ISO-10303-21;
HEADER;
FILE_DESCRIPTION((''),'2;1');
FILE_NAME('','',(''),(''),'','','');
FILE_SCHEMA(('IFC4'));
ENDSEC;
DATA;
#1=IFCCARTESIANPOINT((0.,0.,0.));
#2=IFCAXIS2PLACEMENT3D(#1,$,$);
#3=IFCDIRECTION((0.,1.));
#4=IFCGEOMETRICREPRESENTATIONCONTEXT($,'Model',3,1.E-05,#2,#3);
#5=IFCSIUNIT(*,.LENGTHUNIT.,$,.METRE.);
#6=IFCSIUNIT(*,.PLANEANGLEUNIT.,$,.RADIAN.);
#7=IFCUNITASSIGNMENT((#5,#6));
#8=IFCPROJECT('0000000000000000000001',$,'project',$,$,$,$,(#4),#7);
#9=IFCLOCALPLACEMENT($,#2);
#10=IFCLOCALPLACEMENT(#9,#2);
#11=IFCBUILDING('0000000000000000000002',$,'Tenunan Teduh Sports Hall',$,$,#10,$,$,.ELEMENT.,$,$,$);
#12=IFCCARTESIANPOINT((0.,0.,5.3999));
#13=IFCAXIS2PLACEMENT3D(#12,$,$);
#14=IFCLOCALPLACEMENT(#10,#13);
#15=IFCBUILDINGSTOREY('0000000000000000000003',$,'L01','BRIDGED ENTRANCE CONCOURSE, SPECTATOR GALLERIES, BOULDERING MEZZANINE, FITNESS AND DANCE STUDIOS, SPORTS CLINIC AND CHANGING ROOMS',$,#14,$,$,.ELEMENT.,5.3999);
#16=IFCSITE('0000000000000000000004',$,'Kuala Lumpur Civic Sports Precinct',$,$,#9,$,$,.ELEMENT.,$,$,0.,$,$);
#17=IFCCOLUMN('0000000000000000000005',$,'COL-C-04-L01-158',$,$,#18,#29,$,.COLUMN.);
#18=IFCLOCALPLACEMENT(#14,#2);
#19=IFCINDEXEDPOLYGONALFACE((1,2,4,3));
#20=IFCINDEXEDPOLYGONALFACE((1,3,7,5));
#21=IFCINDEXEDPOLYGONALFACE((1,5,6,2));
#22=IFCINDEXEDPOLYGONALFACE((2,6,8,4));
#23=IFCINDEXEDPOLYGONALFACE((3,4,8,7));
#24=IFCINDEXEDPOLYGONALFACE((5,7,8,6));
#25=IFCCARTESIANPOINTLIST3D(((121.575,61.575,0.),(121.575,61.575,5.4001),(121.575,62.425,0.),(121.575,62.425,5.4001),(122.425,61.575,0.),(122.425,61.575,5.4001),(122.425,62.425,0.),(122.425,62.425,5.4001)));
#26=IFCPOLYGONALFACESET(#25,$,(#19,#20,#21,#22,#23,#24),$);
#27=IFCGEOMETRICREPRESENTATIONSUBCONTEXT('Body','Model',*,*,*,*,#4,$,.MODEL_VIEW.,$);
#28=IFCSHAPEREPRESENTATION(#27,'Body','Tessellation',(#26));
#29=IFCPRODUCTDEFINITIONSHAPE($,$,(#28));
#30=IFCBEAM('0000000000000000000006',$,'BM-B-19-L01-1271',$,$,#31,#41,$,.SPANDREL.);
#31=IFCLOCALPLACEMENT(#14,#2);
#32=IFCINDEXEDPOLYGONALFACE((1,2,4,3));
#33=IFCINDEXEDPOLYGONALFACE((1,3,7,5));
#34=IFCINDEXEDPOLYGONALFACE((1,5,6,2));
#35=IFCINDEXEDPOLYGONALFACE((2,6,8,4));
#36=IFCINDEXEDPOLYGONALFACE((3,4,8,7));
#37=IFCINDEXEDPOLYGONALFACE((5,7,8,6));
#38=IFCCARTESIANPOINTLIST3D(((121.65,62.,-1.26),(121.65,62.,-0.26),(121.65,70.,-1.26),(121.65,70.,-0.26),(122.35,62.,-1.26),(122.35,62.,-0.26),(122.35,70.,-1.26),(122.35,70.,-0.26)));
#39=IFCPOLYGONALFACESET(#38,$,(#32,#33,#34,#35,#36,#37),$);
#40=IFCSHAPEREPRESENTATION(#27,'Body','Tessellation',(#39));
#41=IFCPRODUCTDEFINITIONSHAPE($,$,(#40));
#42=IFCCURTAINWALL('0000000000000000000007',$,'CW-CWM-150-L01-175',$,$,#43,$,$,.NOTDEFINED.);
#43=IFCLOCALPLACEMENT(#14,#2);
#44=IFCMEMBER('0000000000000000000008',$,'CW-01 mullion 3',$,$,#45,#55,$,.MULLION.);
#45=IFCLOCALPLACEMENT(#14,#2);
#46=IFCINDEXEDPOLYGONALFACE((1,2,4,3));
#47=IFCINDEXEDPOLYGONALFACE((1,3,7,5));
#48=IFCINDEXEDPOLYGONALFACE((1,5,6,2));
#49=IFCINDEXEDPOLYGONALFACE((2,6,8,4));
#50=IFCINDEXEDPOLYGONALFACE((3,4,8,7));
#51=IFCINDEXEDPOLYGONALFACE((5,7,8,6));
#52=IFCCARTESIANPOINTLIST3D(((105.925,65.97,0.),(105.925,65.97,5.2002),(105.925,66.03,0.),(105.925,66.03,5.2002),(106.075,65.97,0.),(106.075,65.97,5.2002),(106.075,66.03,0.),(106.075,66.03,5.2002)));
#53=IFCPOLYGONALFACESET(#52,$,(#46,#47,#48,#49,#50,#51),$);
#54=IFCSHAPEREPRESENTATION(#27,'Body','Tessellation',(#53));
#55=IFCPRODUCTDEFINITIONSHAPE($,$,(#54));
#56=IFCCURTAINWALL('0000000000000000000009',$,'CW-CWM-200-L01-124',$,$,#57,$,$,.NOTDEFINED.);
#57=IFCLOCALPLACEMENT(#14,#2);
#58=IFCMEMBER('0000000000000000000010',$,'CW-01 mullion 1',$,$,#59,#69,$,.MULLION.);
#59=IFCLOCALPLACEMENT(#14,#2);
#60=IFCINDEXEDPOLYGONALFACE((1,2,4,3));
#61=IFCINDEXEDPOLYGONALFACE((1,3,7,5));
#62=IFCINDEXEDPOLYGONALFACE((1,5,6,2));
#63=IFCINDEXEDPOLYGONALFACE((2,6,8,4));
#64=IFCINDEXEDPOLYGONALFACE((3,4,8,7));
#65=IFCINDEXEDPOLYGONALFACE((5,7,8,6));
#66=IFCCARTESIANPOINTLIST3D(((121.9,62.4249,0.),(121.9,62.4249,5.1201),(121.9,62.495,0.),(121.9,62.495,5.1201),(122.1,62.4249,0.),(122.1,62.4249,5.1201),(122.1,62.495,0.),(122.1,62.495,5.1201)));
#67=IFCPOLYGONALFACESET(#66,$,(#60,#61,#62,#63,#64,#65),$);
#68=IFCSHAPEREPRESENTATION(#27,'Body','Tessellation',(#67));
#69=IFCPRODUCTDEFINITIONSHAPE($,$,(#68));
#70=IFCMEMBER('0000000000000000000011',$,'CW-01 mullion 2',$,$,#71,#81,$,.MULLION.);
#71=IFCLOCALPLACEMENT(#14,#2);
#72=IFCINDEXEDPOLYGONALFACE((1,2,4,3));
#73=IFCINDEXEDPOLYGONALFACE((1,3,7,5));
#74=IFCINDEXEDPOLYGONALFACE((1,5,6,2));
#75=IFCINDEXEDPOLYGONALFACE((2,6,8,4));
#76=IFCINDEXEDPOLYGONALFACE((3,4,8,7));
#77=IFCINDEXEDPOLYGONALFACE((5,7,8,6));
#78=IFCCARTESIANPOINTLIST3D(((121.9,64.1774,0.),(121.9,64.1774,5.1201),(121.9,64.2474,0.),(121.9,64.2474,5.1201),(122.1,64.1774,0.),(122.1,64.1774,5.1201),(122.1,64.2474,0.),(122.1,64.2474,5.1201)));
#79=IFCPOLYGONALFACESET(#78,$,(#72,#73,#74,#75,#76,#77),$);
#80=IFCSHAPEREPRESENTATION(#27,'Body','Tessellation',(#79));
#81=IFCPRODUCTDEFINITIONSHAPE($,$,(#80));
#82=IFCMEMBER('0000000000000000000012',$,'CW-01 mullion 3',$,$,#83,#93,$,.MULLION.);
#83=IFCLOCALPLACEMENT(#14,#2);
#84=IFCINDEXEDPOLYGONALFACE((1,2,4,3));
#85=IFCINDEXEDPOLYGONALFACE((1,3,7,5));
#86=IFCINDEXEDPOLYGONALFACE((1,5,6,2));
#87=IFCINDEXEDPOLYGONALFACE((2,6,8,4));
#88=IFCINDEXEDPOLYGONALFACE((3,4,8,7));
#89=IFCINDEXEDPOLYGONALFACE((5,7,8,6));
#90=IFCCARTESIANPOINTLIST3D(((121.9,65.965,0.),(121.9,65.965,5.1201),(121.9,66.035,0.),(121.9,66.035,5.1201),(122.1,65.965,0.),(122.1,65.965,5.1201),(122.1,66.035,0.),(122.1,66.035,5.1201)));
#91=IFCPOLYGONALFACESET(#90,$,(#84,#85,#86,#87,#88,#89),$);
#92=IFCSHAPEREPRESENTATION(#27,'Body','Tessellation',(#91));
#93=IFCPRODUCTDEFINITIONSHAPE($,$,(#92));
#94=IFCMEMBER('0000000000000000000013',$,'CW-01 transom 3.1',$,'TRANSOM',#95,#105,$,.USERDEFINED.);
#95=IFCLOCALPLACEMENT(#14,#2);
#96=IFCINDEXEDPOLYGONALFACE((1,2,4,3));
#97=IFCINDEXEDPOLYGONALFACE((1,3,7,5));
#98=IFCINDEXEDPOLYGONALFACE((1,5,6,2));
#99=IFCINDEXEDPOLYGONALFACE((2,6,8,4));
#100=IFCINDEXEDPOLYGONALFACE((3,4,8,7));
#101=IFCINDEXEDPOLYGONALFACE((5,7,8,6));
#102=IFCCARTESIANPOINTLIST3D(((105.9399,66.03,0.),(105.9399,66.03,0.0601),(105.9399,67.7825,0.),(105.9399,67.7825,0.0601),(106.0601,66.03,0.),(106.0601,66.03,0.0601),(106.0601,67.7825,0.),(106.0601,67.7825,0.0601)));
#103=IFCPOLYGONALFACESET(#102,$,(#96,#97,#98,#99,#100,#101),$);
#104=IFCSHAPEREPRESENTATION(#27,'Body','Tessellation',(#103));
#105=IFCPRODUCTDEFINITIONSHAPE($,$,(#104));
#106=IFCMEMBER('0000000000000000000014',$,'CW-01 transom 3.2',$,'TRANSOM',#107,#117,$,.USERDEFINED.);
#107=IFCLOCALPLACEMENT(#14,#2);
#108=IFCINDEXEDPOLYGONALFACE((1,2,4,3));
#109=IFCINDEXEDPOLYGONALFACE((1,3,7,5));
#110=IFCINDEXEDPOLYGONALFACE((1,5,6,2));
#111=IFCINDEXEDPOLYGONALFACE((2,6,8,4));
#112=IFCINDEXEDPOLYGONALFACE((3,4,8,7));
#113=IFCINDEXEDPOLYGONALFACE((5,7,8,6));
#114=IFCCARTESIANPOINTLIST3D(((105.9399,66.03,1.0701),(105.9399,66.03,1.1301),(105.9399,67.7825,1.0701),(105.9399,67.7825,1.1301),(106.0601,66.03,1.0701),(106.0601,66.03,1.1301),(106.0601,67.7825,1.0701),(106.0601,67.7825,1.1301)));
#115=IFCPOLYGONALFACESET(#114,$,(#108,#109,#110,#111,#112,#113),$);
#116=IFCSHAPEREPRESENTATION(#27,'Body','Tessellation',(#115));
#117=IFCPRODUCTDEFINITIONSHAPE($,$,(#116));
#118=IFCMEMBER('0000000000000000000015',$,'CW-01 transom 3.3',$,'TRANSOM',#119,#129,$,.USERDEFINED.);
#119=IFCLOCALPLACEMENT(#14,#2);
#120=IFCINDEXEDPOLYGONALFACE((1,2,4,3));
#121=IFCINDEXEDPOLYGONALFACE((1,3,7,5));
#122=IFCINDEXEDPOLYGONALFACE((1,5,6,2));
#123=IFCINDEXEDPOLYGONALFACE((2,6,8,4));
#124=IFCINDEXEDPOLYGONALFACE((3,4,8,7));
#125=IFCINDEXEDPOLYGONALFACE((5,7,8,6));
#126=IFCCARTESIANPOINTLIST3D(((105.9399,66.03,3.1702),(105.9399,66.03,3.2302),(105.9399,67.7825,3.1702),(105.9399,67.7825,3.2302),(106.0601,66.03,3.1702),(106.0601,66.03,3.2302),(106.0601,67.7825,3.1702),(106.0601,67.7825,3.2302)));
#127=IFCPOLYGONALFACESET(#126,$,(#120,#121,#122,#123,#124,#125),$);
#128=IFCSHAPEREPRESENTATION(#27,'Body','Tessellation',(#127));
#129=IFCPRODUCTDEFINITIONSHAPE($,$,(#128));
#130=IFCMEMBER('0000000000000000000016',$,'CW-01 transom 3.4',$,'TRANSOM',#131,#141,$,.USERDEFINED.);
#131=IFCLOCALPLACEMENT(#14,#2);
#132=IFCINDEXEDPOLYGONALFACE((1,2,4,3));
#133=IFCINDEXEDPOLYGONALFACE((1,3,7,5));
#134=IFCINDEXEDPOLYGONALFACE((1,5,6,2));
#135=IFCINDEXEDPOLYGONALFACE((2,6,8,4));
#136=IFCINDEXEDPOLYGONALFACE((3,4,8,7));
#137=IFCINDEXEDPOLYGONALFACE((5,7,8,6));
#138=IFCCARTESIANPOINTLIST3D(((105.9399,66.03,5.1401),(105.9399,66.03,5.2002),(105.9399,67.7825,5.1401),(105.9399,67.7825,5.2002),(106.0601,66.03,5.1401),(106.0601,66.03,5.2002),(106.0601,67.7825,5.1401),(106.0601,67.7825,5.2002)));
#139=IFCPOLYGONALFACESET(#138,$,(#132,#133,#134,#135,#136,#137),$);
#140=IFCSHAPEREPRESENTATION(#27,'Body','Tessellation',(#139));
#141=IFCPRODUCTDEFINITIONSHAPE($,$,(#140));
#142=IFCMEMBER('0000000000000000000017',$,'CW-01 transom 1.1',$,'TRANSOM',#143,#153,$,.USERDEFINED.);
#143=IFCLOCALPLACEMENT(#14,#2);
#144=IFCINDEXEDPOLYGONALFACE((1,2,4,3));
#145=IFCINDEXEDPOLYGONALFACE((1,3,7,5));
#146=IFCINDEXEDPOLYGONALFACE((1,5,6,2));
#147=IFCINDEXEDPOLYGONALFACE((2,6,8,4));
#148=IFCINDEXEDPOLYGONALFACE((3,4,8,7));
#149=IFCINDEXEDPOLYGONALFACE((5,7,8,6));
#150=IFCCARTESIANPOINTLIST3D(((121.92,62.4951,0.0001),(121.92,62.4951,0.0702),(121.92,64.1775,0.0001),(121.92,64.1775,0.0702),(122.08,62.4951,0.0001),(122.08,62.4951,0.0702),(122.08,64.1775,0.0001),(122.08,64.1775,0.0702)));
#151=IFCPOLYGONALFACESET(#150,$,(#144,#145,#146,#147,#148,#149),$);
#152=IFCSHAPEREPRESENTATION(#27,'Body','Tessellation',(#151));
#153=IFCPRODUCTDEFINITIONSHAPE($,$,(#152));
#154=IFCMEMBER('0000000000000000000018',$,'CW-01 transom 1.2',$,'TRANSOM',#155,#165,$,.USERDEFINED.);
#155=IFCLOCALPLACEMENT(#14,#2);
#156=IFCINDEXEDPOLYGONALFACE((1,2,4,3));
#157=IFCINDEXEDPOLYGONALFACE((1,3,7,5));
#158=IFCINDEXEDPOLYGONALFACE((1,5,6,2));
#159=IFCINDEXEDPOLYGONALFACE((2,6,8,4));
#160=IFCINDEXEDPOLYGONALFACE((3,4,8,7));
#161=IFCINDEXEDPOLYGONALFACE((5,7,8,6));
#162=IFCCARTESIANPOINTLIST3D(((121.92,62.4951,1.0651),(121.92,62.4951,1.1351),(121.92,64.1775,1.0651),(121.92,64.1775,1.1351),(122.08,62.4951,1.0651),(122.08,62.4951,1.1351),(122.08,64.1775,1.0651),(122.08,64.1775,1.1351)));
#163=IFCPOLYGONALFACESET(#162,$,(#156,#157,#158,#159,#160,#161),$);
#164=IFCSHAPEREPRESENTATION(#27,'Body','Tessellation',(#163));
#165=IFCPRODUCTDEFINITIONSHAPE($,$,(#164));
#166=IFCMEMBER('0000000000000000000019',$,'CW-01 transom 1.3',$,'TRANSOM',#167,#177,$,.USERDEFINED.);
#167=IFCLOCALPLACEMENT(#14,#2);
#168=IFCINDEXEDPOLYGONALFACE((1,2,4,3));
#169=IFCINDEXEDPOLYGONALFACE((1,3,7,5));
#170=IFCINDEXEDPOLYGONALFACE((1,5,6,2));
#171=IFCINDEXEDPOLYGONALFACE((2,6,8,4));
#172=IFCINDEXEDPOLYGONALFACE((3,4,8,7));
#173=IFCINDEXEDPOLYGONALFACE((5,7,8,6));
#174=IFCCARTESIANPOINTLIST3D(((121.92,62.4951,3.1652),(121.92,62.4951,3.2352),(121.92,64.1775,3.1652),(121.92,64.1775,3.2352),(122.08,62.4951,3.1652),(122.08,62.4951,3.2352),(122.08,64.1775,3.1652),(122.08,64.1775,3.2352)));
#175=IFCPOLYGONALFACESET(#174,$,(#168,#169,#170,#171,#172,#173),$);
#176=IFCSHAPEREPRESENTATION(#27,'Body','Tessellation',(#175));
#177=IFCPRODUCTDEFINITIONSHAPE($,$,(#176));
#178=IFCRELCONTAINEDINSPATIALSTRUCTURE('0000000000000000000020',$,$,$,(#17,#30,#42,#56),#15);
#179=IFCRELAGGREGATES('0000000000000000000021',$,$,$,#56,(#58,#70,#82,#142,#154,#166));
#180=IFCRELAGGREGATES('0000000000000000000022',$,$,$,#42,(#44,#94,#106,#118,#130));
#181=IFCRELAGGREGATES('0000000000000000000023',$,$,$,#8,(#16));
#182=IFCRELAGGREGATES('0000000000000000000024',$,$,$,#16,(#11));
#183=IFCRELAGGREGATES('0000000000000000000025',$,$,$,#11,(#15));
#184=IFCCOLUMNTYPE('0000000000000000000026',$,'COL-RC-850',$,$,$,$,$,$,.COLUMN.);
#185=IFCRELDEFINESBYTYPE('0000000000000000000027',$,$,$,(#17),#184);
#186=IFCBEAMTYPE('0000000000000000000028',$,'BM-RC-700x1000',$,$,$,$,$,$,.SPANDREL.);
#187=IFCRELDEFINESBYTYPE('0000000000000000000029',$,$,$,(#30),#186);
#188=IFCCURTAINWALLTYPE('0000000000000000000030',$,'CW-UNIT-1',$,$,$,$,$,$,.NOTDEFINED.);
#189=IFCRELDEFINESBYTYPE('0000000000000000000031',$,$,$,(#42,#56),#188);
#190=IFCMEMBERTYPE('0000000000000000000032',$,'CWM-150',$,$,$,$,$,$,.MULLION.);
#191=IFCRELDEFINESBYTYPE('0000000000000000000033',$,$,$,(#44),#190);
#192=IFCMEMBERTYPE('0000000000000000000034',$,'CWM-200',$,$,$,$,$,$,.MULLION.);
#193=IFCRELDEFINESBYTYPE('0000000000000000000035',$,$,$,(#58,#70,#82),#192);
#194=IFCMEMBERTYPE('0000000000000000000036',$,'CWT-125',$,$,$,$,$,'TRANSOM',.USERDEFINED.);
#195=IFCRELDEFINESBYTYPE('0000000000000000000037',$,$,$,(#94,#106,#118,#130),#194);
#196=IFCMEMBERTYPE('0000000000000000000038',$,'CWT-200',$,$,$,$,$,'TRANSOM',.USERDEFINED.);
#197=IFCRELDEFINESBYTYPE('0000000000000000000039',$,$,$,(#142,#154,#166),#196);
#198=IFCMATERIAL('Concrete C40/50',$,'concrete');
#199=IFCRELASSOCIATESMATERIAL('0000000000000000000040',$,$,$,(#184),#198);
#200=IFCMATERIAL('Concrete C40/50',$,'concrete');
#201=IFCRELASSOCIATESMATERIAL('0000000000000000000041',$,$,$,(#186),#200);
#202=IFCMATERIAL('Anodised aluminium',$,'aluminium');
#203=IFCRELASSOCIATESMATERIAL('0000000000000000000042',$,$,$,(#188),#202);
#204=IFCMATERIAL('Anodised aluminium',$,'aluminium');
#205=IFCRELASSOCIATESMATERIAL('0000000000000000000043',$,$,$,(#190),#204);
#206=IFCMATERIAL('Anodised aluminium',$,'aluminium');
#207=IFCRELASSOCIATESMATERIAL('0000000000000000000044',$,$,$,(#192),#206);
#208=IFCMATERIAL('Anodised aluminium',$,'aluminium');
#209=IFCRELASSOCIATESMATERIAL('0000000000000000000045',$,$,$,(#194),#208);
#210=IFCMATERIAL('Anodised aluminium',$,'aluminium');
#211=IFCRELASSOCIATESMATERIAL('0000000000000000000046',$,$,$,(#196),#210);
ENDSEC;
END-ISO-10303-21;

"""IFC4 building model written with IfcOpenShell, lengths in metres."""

from ifc_helpers import new_model, si_unit, direction, frame, origin, origin_2d, place, context, subcontext, project, spatial, rectangle, extrude, material, material_profile, profile_set, type_object, element, aggregate, save


model = new_model("IFC4")

# Units and contexts
model_context = context("Model", 3, precision=1e-05, world=origin(), true_north=direction((0.0, 1.0)))
body_context = subcontext(model_context, "Body", "Model", "MODEL_VIEW")
ifc_project = project(units=[si_unit("LENGTHUNIT", "METRE"), si_unit("PLANEANGLEUNIT", "RADIAN")], contexts=[model_context])

# Site, building, storey
site_placement = place(None, origin())
site = spatial("IfcSite", under=ifc_project, at=site_placement, Name="Kuala Lumpur Civic Sports Precinct", CompositionType="ELEMENT", RefElevation=0.0)
building_placement = place(site_placement, origin())
building = spatial("IfcBuilding", under=site, at=building_placement, Name="Tenunan Teduh Sports Hall", CompositionType="ELEMENT")
storey_placement = place(building_placement, frame((0.0, 0.0, 5.3999)))
storey = spatial("IfcBuildingStorey", under=building, at=storey_placement, Name="L01", Description="BRIDGED ENTRANCE CONCOURSE, SPECTATOR GALLERIES, BOULDERING MEZZANINE, FITNESS AND DANCE STUDIOS, SPORTS CLINIC AND CHANGING ROOMS", CompositionType="ELEMENT", Elevation=5.3999)

# Column
ifc_material_1 = material(Name="Concrete C40/50", Category="concrete")
ifc_material_profile_1 = material_profile(ifc_material_1, rectangle(XDim=0.8501, YDim=0.8501, at=origin_2d()), Name="RC 850x850")
ifc_profile_set_1 = profile_set([ifc_material_profile_1], Name="Concrete C40/50")
column_type = type_object("IfcColumnType", Name="COL-RC-850", PredefinedType="COLUMN", material=ifc_profile_set_1)
column_placement = place(storey_placement, frame((122.0, 62.0, 0.0), z_axis=(0.0, 0.0, 1.0), x_axis=(1.0, 0.0, 0.0)))
element("IfcColumn", 1, at=column_placement, inside=storey, type_object=column_type, Name="COL-C-04-L01-158", PredefinedType="COLUMN", context=body_context, shape_type="SweptSolid", body=[
    extrude(rectangle(XDim=0.8501, YDim=0.8501, at=origin_2d()), origin(), (0.0, 0.0, 1.0), 5.4001),
])

# Beam
ifc_material_2 = material(Name="Concrete C40/50", Category="concrete")
ifc_material_profile_2 = material_profile(ifc_material_2, rectangle(XDim=0.7, YDim=1.0, at=origin_2d()), Name="RCB 700x1000")
ifc_profile_set_2 = profile_set([ifc_material_profile_2], Name="Concrete C40/50")
beam_type = type_object("IfcBeamType", Name="BM-RC-700x1000", PredefinedType="SPANDREL", material=ifc_profile_set_2)
beam_placement = place(storey_placement, frame((122.0, 62.0, -0.76), z_axis=(0.0, 1.0, 0.0), x_axis=(-1.0, 0.0, 0.0)))
element("IfcBeam", 2, at=beam_placement, inside=storey, type_object=beam_type, Name="BM-B-19-L01-1271", PredefinedType="SPANDREL", context=body_context, shape_type="SweptSolid", body=[
    extrude(rectangle(XDim=0.7, YDim=1.0, at=origin_2d()), origin(), (0.0, 0.0, 1.0), 8.0),
])

# Curtain wall, member
ifc_material_3 = material(Name="Anodised aluminium", Category="aluminium")
curtain_wall_type = type_object("IfcCurtainWallType", Name="CW-UNIT-1", PredefinedType="NOTDEFINED", material=ifc_material_3)
curtain_wall_1_placement = place(storey_placement, origin())
curtain_wall_1 = element("IfcCurtainWall", 3, at=curtain_wall_1_placement, inside=storey, type_object=curtain_wall_type, Name="CW-CWM-150-L01-175", PredefinedType="NOTDEFINED")
ifc_material_4 = material(Name="Anodised aluminium", Category="aluminium")
ifc_material_profile_3 = material_profile(ifc_material_4, rectangle(XDim=0.0601, YDim=0.1499, at=origin_2d()), Name="CWM 60x150")
ifc_profile_set_3 = profile_set([ifc_material_profile_3], Name="Anodised aluminium")
member_type_1 = type_object("IfcMemberType", Name="CWM-150", PredefinedType="MULLION", material=ifc_profile_set_3)
member_1_placement = place(storey_placement, frame((106.0, 66.0, 0.0), z_axis=(0.0, 0.0, 1.0), x_axis=(0.0, 1.0, 0.0)))
member_1 = element("IfcMember", 4, at=member_1_placement, type_object=member_type_1, Name="CW-01 mullion 3", PredefinedType="MULLION", context=body_context, shape_type="SweptSolid", body=[
    extrude(rectangle(XDim=0.0601, YDim=0.1499, at=origin_2d()), origin(), (0.0, 0.0, 1.0), 5.2002),
])

# Curtain wall, members
curtain_wall_2_placement = place(storey_placement, origin())
curtain_wall_2 = element("IfcCurtainWall", 5, at=curtain_wall_2_placement, inside=storey, type_object=curtain_wall_type, Name="CW-CWM-200-L01-124", PredefinedType="NOTDEFINED")
ifc_material_5 = material(Name="Anodised aluminium", Category="aluminium")
ifc_material_profile_4 = material_profile(ifc_material_5, rectangle(XDim=0.0701, YDim=0.2, at=origin_2d()), Name="CWM 70x200")
ifc_profile_set_4 = profile_set([ifc_material_profile_4], Name="Anodised aluminium")
member_type_2 = type_object("IfcMemberType", Name="CWM-200", PredefinedType="MULLION", material=ifc_profile_set_4)
member_2_placement = place(storey_placement, frame((122.0, 62.46, 0.0), z_axis=(0.0, 0.0, 1.0), x_axis=(0.0, 1.0, 0.0)))
member_2 = element("IfcMember", 6, at=member_2_placement, type_object=member_type_2, Name="CW-01 mullion 1", PredefinedType="MULLION", context=body_context, shape_type="SweptSolid", body=[
    extrude(rectangle(XDim=0.0701, YDim=0.2, at=origin_2d()), origin(), (0.0, 0.0, 1.0), 5.1201),
])
member_3_placement = place(storey_placement, frame((122.0, 64.2124, 0.0), z_axis=(0.0, 0.0, 1.0), x_axis=(0.0, 1.0, 0.0)))
member_3 = element("IfcMember", 7, at=member_3_placement, type_object=member_type_2, Name="CW-01 mullion 2", PredefinedType="MULLION", context=body_context, shape_type="SweptSolid", body=[
    extrude(rectangle(XDim=0.0701, YDim=0.2, at=origin_2d()), origin(), (0.0, 0.0, 1.0), 5.1201),
])
member_4_placement = place(storey_placement, frame((122.0, 66.0, 0.0), z_axis=(0.0, 0.0, 1.0), x_axis=(0.0, 1.0, 0.0)))
member_4 = element("IfcMember", 8, at=member_4_placement, type_object=member_type_2, Name="CW-01 mullion 3", PredefinedType="MULLION", context=body_context, shape_type="SweptSolid", body=[
    extrude(rectangle(XDim=0.0701, YDim=0.2, at=origin_2d()), origin(), (0.0, 0.0, 1.0), 5.1201),
])

# Members
ifc_material_6 = material(Name="Anodised aluminium", Category="aluminium")
ifc_material_profile_5 = material_profile(ifc_material_6, rectangle(XDim=0.0601, YDim=0.1201, at=origin_2d()), Name="CWT 60x120")
ifc_profile_set_5 = profile_set([ifc_material_profile_5], Name="Anodised aluminium")
member_type_3 = type_object("IfcMemberType", Name="CWT-125", ElementType="TRANSOM", PredefinedType="USERDEFINED", material=ifc_profile_set_5)
member_5_placement = place(storey_placement, frame((106.0, 66.03, 0.03), z_axis=(0.0, 1.0, 0.0), x_axis=(0.0, 0.0, 1.0)))
member_5 = element("IfcMember", 9, at=member_5_placement, type_object=member_type_3, Name="CW-01 transom 3.1", ObjectType="TRANSOM", PredefinedType="USERDEFINED", context=body_context, shape_type="SweptSolid", body=[
    extrude(rectangle(XDim=0.0601, YDim=0.1201, at=origin_2d()), origin(), (0.0, 0.0, 1.0), 1.7524),
])
member_6_placement = place(storey_placement, frame((106.0, 66.03, 1.1001), z_axis=(0.0, 1.0, 0.0), x_axis=(0.0, 0.0, 1.0)))
member_6 = element("IfcMember", 10, at=member_6_placement, type_object=member_type_3, Name="CW-01 transom 3.2", ObjectType="TRANSOM", PredefinedType="USERDEFINED", context=body_context, shape_type="SweptSolid", body=[
    extrude(rectangle(XDim=0.0601, YDim=0.1201, at=origin_2d()), origin(), (0.0, 0.0, 1.0), 1.7524),
])
member_7_placement = place(storey_placement, frame((106.0, 66.03, 3.2002), z_axis=(0.0, 1.0, 0.0), x_axis=(0.0, 0.0, 1.0)))
member_7 = element("IfcMember", 11, at=member_7_placement, type_object=member_type_3, Name="CW-01 transom 3.3", ObjectType="TRANSOM", PredefinedType="USERDEFINED", context=body_context, shape_type="SweptSolid", body=[
    extrude(rectangle(XDim=0.0601, YDim=0.1201, at=origin_2d()), origin(), (0.0, 0.0, 1.0), 1.7524),
])
member_8_placement = place(storey_placement, frame((106.0, 66.03, 5.1702), z_axis=(0.0, 1.0, 0.0), x_axis=(0.0, 0.0, 1.0)))
member_8 = element("IfcMember", 12, at=member_8_placement, type_object=member_type_3, Name="CW-01 transom 3.4", ObjectType="TRANSOM", PredefinedType="USERDEFINED", context=body_context, shape_type="SweptSolid", body=[
    extrude(rectangle(XDim=0.0601, YDim=0.1201, at=origin_2d()), origin(), (0.0, 0.0, 1.0), 1.7524),
])
ifc_material_7 = material(Name="Anodised aluminium", Category="aluminium")
ifc_material_profile_6 = material_profile(ifc_material_7, rectangle(XDim=0.0701, YDim=0.1599, at=origin_2d()), Name="CWT 70x160")
ifc_profile_set_6 = profile_set([ifc_material_profile_6], Name="Anodised aluminium")
member_type_4 = type_object("IfcMemberType", Name="CWT-200", ElementType="TRANSOM", PredefinedType="USERDEFINED", material=ifc_profile_set_6)
member_9_placement = place(storey_placement, frame((122.0, 62.4951, 0.0352), z_axis=(0.0, 1.0, 0.0), x_axis=(0.0, 0.0, 1.0)))
member_9 = element("IfcMember", 13, at=member_9_placement, type_object=member_type_4, Name="CW-01 transom 1.1", ObjectType="TRANSOM", PredefinedType="USERDEFINED", context=body_context, shape_type="SweptSolid", body=[
    extrude(rectangle(XDim=0.0701, YDim=0.1599, at=origin_2d()), origin(), (0.0, 0.0, 1.0), 1.6824),
])
member_10_placement = place(storey_placement, frame((122.0, 62.4951, 1.1001), z_axis=(0.0, 1.0, 0.0), x_axis=(0.0, 0.0, 1.0)))
member_10 = element("IfcMember", 14, at=member_10_placement, type_object=member_type_4, Name="CW-01 transom 1.2", ObjectType="TRANSOM", PredefinedType="USERDEFINED", context=body_context, shape_type="SweptSolid", body=[
    extrude(rectangle(XDim=0.0701, YDim=0.1599, at=origin_2d()), origin(), (0.0, 0.0, 1.0), 1.6824),
])
member_11_placement = place(storey_placement, frame((122.0, 62.4951, 3.2002), z_axis=(0.0, 1.0, 0.0), x_axis=(0.0, 0.0, 1.0)))
member_11 = element("IfcMember", 15, at=member_11_placement, type_object=member_type_4, Name="CW-01 transom 1.3", ObjectType="TRANSOM", PredefinedType="USERDEFINED", context=body_context, shape_type="SweptSolid", body=[
    extrude(rectangle(XDim=0.0701, YDim=0.1599, at=origin_2d()), origin(), (0.0, 0.0, 1.0), 1.6824),
])

aggregate(curtain_wall_2, [member_2, member_3, member_4, member_9, member_10, member_11])
aggregate(curtain_wall_1, [member_1, member_5, member_6, member_7, member_8])

save(model, "model.ifc")
